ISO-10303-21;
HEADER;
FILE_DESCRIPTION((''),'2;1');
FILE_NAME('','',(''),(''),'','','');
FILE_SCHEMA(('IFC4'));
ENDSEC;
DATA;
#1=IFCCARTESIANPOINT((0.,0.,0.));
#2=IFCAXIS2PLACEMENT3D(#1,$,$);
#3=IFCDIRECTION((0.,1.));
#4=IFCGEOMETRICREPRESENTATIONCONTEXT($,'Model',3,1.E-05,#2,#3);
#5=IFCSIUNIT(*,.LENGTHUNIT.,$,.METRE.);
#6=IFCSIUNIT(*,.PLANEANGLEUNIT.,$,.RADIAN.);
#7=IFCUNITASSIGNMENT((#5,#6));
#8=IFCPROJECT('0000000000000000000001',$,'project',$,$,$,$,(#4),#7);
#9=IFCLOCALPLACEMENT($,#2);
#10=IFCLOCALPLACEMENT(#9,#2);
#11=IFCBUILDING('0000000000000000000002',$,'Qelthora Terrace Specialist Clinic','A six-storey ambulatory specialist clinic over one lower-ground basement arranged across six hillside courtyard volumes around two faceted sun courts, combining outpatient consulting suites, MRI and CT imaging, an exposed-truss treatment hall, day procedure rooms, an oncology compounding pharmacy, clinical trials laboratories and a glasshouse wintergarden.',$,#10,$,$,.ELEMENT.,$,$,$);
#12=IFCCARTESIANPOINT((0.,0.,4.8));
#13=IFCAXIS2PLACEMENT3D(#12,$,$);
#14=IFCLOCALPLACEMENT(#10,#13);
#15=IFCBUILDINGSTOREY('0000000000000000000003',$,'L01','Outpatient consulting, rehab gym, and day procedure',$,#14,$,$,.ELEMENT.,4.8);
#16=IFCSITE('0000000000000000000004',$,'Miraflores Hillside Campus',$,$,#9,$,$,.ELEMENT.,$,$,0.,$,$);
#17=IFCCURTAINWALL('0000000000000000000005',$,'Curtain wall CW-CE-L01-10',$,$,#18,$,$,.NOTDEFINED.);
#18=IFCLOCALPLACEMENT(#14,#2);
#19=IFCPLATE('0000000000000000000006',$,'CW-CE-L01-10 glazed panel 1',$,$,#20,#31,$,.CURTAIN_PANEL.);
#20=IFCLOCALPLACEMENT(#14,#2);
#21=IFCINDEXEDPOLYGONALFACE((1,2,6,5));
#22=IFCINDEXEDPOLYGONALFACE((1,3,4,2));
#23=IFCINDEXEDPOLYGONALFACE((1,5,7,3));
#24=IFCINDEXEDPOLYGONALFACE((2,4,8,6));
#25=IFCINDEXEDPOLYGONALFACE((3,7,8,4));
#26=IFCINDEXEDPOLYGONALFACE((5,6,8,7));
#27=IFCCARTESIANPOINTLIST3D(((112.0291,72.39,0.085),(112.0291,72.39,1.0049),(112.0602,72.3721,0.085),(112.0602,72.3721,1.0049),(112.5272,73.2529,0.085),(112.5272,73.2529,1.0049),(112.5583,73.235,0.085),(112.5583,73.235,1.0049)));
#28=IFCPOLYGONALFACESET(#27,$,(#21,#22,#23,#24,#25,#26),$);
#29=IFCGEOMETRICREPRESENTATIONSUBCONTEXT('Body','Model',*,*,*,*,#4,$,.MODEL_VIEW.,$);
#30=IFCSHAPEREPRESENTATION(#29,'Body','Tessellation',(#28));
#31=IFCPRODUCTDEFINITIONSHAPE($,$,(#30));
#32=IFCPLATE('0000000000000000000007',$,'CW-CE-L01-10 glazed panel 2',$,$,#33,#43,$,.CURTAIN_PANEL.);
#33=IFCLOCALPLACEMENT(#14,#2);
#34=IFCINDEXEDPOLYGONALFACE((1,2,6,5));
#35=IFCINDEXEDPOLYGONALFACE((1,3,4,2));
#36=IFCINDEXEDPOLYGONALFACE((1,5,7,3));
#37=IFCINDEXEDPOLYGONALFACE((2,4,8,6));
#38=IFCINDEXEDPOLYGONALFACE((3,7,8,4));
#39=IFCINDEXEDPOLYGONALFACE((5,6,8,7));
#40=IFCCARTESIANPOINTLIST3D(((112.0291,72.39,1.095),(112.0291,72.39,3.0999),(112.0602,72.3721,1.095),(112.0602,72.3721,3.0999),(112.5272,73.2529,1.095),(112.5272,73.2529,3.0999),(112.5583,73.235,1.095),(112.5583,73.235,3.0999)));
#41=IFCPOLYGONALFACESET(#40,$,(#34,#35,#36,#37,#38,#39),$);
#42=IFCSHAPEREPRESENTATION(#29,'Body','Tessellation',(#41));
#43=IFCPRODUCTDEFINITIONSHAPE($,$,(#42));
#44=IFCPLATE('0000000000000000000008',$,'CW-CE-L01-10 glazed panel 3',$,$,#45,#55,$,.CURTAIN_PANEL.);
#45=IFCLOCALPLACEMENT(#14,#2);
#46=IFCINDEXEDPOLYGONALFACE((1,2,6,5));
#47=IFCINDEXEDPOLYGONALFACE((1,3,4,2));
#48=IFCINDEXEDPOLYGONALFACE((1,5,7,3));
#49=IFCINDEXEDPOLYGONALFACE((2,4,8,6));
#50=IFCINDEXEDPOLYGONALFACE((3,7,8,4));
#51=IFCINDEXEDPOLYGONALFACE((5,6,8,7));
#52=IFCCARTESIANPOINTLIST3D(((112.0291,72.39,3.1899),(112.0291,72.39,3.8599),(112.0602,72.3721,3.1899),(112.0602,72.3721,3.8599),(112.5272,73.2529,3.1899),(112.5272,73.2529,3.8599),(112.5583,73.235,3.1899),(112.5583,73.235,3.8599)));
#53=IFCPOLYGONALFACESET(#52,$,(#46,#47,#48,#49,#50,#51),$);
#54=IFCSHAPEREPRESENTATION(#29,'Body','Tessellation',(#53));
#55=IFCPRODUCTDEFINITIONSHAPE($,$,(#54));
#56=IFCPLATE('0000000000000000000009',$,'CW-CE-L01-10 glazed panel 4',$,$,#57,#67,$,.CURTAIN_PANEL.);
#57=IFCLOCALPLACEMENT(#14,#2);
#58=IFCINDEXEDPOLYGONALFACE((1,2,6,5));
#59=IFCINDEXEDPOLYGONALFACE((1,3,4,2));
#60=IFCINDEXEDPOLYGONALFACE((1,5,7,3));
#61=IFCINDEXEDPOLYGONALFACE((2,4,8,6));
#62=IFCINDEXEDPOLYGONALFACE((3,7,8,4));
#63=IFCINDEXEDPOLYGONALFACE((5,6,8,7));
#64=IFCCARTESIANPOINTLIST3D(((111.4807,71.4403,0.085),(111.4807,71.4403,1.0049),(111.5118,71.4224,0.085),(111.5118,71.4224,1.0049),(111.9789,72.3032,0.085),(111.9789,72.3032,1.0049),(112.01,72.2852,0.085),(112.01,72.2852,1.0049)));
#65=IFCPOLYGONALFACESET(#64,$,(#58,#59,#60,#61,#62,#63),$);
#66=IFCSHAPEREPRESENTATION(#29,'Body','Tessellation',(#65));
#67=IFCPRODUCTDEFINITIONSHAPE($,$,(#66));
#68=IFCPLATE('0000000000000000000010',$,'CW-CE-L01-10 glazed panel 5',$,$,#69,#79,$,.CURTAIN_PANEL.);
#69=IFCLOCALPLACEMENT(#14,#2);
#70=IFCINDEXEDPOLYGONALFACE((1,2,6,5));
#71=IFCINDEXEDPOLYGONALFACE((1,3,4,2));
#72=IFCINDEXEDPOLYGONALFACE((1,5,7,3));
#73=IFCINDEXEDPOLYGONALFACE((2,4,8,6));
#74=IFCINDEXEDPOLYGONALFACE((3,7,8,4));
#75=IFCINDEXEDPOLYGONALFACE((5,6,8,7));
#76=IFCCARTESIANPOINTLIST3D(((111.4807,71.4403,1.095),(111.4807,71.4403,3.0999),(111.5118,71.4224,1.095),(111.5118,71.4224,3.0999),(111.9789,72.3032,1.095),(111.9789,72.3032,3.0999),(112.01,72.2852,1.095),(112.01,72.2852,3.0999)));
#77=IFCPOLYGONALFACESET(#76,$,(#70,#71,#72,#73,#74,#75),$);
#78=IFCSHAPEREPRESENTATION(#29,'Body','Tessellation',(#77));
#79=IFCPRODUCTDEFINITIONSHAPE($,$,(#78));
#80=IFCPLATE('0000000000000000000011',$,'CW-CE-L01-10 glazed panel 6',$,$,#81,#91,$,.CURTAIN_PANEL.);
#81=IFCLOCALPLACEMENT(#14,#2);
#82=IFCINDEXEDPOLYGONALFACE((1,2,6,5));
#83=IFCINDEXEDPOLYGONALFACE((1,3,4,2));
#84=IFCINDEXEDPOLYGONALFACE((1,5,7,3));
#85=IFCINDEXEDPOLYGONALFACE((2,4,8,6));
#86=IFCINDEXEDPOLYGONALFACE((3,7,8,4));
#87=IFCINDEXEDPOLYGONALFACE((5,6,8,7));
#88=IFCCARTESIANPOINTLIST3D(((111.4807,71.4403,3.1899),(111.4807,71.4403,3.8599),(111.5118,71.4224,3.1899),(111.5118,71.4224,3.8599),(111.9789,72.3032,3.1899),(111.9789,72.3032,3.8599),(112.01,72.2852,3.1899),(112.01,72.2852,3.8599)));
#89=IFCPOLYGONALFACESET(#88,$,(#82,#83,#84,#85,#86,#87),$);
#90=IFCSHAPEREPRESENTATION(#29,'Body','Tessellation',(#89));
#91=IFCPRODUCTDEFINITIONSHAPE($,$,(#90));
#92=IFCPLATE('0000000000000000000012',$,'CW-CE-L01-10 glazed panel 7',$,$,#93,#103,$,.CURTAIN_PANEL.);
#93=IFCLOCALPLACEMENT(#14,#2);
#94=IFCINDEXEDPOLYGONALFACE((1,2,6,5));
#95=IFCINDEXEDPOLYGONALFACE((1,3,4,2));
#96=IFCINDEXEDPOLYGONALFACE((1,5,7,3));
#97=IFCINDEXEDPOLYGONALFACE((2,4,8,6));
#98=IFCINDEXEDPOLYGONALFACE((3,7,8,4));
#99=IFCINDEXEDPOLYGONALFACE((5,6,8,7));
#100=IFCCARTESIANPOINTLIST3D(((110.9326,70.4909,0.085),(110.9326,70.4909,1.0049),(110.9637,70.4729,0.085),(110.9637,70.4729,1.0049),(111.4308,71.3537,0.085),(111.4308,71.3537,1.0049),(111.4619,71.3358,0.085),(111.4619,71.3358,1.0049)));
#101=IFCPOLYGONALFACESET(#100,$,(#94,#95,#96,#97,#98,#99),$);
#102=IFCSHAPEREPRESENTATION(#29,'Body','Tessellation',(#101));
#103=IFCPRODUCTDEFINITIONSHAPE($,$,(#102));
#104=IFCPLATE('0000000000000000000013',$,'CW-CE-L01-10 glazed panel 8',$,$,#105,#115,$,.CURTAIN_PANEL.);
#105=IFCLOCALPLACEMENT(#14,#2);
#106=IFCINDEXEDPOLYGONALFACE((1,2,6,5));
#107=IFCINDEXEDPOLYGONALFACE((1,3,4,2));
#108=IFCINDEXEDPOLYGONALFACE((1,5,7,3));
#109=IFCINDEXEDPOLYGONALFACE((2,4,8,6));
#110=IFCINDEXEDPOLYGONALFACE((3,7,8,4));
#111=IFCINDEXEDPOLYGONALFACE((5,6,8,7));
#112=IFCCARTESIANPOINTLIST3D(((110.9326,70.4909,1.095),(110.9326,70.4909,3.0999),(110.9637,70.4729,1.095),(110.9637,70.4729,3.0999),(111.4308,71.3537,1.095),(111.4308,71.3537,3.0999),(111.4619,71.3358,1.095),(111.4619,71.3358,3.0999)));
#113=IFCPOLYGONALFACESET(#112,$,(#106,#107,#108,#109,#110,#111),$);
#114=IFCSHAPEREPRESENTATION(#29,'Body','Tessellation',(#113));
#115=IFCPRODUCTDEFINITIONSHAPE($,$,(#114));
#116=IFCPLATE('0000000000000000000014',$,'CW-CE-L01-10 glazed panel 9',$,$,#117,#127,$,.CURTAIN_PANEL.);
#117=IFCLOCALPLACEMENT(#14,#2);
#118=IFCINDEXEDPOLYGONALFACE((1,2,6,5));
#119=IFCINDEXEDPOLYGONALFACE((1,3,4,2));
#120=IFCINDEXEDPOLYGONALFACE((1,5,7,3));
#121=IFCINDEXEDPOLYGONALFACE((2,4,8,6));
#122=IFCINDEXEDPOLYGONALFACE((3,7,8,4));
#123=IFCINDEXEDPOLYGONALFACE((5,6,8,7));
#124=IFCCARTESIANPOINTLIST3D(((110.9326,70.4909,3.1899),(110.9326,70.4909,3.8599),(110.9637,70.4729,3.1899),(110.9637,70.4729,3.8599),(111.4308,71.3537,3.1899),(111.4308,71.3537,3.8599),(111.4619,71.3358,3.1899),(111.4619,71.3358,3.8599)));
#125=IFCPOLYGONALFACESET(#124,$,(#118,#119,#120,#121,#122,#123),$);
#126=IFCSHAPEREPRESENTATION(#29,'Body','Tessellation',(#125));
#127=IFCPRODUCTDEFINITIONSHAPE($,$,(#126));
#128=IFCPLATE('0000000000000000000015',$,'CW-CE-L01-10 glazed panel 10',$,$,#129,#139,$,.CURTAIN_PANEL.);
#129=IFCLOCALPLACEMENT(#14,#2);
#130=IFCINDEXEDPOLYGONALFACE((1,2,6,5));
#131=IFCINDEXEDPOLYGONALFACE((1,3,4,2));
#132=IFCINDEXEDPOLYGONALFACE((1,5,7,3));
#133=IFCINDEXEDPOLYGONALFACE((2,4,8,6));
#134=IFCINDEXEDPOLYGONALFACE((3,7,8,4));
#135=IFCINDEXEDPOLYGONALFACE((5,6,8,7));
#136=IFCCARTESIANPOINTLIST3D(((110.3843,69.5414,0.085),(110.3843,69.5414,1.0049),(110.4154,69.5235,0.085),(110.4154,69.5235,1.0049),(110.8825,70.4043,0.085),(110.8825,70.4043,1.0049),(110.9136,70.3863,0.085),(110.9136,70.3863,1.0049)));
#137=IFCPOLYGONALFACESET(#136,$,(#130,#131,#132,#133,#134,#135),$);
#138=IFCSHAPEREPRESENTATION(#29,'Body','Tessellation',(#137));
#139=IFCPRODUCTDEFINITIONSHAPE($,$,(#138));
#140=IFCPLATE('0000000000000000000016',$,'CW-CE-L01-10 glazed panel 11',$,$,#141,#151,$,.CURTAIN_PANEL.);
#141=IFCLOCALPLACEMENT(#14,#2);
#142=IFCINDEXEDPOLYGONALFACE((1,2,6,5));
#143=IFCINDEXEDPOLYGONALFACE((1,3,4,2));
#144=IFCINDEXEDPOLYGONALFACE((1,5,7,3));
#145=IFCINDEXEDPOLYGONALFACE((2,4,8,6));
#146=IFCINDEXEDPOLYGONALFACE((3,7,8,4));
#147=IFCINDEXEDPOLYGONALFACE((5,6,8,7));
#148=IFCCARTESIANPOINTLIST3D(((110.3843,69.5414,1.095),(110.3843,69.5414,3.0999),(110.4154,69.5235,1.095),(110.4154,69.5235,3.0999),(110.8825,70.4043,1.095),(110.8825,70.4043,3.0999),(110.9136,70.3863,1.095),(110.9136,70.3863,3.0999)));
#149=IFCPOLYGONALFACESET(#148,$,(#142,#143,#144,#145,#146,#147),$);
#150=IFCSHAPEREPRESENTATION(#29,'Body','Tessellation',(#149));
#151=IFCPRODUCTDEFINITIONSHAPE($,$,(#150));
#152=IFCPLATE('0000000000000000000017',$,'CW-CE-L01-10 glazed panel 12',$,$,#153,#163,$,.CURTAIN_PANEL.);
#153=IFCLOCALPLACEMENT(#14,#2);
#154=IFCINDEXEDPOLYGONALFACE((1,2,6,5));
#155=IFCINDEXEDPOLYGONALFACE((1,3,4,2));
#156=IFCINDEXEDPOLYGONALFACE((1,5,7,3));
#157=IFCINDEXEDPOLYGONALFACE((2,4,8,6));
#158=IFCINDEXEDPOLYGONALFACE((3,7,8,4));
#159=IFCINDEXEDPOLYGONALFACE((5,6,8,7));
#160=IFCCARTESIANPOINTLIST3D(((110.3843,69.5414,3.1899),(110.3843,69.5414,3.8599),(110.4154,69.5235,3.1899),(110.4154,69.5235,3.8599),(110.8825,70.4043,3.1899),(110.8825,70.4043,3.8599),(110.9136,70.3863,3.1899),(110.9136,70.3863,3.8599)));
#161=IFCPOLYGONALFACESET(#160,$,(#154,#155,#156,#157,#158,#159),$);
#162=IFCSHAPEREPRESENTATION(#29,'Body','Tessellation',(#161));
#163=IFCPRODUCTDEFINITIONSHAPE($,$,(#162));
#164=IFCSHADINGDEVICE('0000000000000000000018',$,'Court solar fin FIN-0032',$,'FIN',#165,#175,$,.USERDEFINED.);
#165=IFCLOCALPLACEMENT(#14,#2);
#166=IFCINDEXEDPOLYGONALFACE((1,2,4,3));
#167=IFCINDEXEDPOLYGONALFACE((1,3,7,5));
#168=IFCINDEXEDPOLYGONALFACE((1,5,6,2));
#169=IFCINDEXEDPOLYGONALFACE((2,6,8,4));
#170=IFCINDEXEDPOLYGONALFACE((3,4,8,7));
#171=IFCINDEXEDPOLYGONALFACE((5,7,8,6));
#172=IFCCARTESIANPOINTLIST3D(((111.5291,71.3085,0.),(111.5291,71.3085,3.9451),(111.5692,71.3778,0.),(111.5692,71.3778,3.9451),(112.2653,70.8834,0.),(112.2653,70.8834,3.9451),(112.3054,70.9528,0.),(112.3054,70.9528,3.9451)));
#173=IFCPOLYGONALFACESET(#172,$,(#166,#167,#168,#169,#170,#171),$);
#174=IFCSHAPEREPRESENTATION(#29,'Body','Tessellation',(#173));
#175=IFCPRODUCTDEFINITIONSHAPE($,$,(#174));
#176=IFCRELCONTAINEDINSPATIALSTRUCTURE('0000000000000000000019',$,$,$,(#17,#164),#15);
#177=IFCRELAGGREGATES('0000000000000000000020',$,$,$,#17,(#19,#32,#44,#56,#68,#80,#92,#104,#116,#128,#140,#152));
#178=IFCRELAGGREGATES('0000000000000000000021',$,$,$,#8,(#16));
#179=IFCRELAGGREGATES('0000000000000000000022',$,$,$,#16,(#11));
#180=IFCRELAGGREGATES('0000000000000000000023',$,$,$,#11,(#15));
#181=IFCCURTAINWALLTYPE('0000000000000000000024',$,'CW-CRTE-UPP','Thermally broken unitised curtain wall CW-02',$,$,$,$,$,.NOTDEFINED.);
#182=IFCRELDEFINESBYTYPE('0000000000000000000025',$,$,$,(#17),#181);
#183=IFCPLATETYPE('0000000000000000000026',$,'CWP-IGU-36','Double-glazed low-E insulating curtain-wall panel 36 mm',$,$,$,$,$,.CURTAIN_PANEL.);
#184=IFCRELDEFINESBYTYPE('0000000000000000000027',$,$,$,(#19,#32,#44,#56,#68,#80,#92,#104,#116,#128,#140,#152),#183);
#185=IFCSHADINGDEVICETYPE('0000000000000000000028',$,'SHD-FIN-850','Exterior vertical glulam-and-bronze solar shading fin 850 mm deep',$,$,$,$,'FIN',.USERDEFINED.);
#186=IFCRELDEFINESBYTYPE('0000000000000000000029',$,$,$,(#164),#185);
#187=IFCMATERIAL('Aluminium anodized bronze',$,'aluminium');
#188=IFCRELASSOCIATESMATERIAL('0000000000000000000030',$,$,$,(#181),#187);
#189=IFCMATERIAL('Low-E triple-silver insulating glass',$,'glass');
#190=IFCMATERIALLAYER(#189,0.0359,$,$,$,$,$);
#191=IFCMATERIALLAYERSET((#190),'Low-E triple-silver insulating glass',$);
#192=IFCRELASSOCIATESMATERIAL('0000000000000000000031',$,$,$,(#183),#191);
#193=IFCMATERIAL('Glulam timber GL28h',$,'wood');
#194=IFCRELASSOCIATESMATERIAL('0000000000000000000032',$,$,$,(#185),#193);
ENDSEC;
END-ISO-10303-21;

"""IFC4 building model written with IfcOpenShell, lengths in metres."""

from ifc_helpers import new_model, si_unit, direction, frame, origin, origin_2d, place, context, subcontext, project, spatial, rectangle, extrude, material, layer, layer_set, type_object, element, aggregate, save


model = new_model("IFC4")

# Units and contexts
model_context = context("Model", 3, precision=1e-05, world=origin(), true_north=direction((0.0, 1.0)))
body_context = subcontext(model_context, "Body", "Model", "MODEL_VIEW")
ifc_project = project(units=[si_unit("LENGTHUNIT", "METRE"), si_unit("PLANEANGLEUNIT", "RADIAN")], contexts=[model_context])

# Site, building, storey
site_placement = place(None, origin())
site = spatial("IfcSite", under=ifc_project, at=site_placement, Name="Miraflores Hillside Campus", CompositionType="ELEMENT", RefElevation=0.0)
building_placement = place(site_placement, origin())
building = spatial("IfcBuilding", under=site, at=building_placement, Name="Qelthora Terrace Specialist Clinic", Description="A six-storey ambulatory specialist clinic over one lower-ground basement arranged across six hillside courtyard volumes around two faceted sun courts, combining outpatient consulting suites, MRI and CT imaging, an exposed-truss treatment hall, day procedure rooms, an oncology compounding pharmacy, clinical trials laboratories and a glasshouse wintergarden.", CompositionType="ELEMENT")
storey_placement = place(building_placement, frame((0.0, 0.0, 4.8)))
storey = spatial("IfcBuildingStorey", under=building, at=storey_placement, Name="L01", Description="Outpatient consulting, rehab gym, and day procedure", CompositionType="ELEMENT", Elevation=4.8)

# Shared definitions
ifc_material_1 = material(Name="Aluminium anodized bronze", Category="aluminium")
curtain_wall_type = type_object("IfcCurtainWallType", Name="CW-CRTE-UPP", Description="Thermally broken unitised curtain wall CW-02", PredefinedType="NOTDEFINED", material=ifc_material_1)

# Curtain wall
curtain_wall_1_placement = place(storey_placement, origin())
curtain_wall_1 = element("IfcCurtainWall", 1, at=curtain_wall_1_placement, inside=storey, type_object=curtain_wall_type, Name="Curtain wall CW-CE-L01-10", PredefinedType="NOTDEFINED")

# Plates
ifc_material_2 = material(Name="Low-E triple-silver insulating glass", Category="glass")
ifc_layer = layer(ifc_material_2, 0.0359)
ifc_layer_set = layer_set([ifc_layer], Name="Low-E triple-silver insulating glass")
plate_type = type_object("IfcPlateType", Name="CWP-IGU-36", Description="Double-glazed low-E insulating curtain-wall panel 36 mm", PredefinedType="CURTAIN_PANEL", material=ifc_layer_set)
plate_1_placement = place(storey_placement, frame((112.2937, 72.8125, 0.085), z_axis=(0.0, 0.0, 1.0), x_axis=(-0.5, -0.866025, 0.0)))
plate_1 = element("IfcPlate", 2, at=plate_1_placement, type_object=plate_type, Name="CW-CE-L01-10 glazed panel 1", PredefinedType="CURTAIN_PANEL", context=body_context, shape_type="SweptSolid", body=[
    extrude(rectangle(XDim=0.9963, YDim=0.0359, at=origin_2d()), origin(), (0.0, 0.0, 1.0), 0.9199),
])
plate_2_placement = place(storey_placement, frame((112.2937, 72.8125, 1.095), z_axis=(0.0, 0.0, 1.0), x_axis=(-0.5, -0.866025, 0.0)))
plate_2 = element("IfcPlate", 3, at=plate_2_placement, type_object=plate_type, Name="CW-CE-L01-10 glazed panel 2", PredefinedType="CURTAIN_PANEL", context=body_context, shape_type="SweptSolid", body=[
    extrude(rectangle(XDim=0.9963, YDim=0.0359, at=origin_2d()), origin(), (0.0, 0.0, 1.0), 2.0049),
])
plate_3_placement = place(storey_placement, frame((112.2937, 72.8125, 3.1899), z_axis=(0.0, 0.0, 1.0), x_axis=(-0.5, -0.866025, 0.0)))
plate_3 = element("IfcPlate", 4, at=plate_3_placement, type_object=plate_type, Name="CW-CE-L01-10 glazed panel 3", PredefinedType="CURTAIN_PANEL", context=body_context, shape_type="SweptSolid", body=[
    extrude(rectangle(XDim=0.9963, YDim=0.0359, at=origin_2d()), origin(), (0.0, 0.0, 1.0), 0.6699),
])
plate_4_placement = place(storey_placement, frame((111.7454, 71.8628, 0.085), z_axis=(0.0, 0.0, 1.0), x_axis=(-0.5, -0.866025, 0.0)))
plate_4 = element("IfcPlate", 5, at=plate_4_placement, type_object=plate_type, Name="CW-CE-L01-10 glazed panel 4", PredefinedType="CURTAIN_PANEL", context=body_context, shape_type="SweptSolid", body=[
    extrude(rectangle(XDim=0.9963, YDim=0.0359, at=origin_2d()), origin(), (0.0, 0.0, 1.0), 0.9199),
])
plate_5_placement = place(storey_placement, frame((111.7454, 71.8628, 1.095), z_axis=(0.0, 0.0, 1.0), x_axis=(-0.5, -0.866025, 0.0)))
plate_5 = element("IfcPlate", 6, at=plate_5_placement, type_object=plate_type, Name="CW-CE-L01-10 glazed panel 5", PredefinedType="CURTAIN_PANEL", context=body_context, shape_type="SweptSolid", body=[
    extrude(rectangle(XDim=0.9963, YDim=0.0359, at=origin_2d()), origin(), (0.0, 0.0, 1.0), 2.0049),
])
plate_6_placement = place(storey_placement, frame((111.7454, 71.8628, 3.1899), z_axis=(0.0, 0.0, 1.0), x_axis=(-0.5, -0.866025, 0.0)))
plate_6 = element("IfcPlate", 7, at=plate_6_placement, type_object=plate_type, Name="CW-CE-L01-10 glazed panel 6", PredefinedType="CURTAIN_PANEL", context=body_context, shape_type="SweptSolid", body=[
    extrude(rectangle(XDim=0.9963, YDim=0.0359, at=origin_2d()), origin(), (0.0, 0.0, 1.0), 0.6699),
])
plate_7_placement = place(storey_placement, frame((111.1973, 70.9133, 0.085), z_axis=(0.0, 0.0, 1.0), x_axis=(-0.5, -0.866025, 0.0)))
plate_7 = element("IfcPlate", 8, at=plate_7_placement, type_object=plate_type, Name="CW-CE-L01-10 glazed panel 7", PredefinedType="CURTAIN_PANEL", context=body_context, shape_type="SweptSolid", body=[
    extrude(rectangle(XDim=0.9963, YDim=0.0359, at=origin_2d()), origin(), (0.0, 0.0, 1.0), 0.9199),
])
plate_8_placement = place(storey_placement, frame((111.1973, 70.9133, 1.095), z_axis=(0.0, 0.0, 1.0), x_axis=(-0.5, -0.866025, 0.0)))
plate_8 = element("IfcPlate", 9, at=plate_8_placement, type_object=plate_type, Name="CW-CE-L01-10 glazed panel 8", PredefinedType="CURTAIN_PANEL", context=body_context, shape_type="SweptSolid", body=[
    extrude(rectangle(XDim=0.9963, YDim=0.0359, at=origin_2d()), origin(), (0.0, 0.0, 1.0), 2.0049),
])
plate_9_placement = place(storey_placement, frame((111.1973, 70.9133, 3.1899), z_axis=(0.0, 0.0, 1.0), x_axis=(-0.5, -0.866025, 0.0)))
plate_9 = element("IfcPlate", 10, at=plate_9_placement, type_object=plate_type, Name="CW-CE-L01-10 glazed panel 9", PredefinedType="CURTAIN_PANEL", context=body_context, shape_type="SweptSolid", body=[
    extrude(rectangle(XDim=0.9963, YDim=0.0359, at=origin_2d()), origin(), (0.0, 0.0, 1.0), 0.6699),
])
plate_10_placement = place(storey_placement, frame((110.6489, 69.9639, 0.085), z_axis=(0.0, 0.0, 1.0), x_axis=(-0.5, -0.866025, 0.0)))
plate_10 = element("IfcPlate", 11, at=plate_10_placement, type_object=plate_type, Name="CW-CE-L01-10 glazed panel 10", PredefinedType="CURTAIN_PANEL", context=body_context, shape_type="SweptSolid", body=[
    extrude(rectangle(XDim=0.9963, YDim=0.0359, at=origin_2d()), origin(), (0.0, 0.0, 1.0), 0.9199),
])
plate_11_placement = place(storey_placement, frame((110.6489, 69.9639, 1.095), z_axis=(0.0, 0.0, 1.0), x_axis=(-0.5, -0.866025, 0.0)))
plate_11 = element("IfcPlate", 12, at=plate_11_placement, type_object=plate_type, Name="CW-CE-L01-10 glazed panel 11", PredefinedType="CURTAIN_PANEL", context=body_context, shape_type="SweptSolid", body=[
    extrude(rectangle(XDim=0.9963, YDim=0.0359, at=origin_2d()), origin(), (0.0, 0.0, 1.0), 2.0049),
])
plate_12_placement = place(storey_placement, frame((110.6489, 69.9639, 3.1899), z_axis=(0.0, 0.0, 1.0), x_axis=(-0.5, -0.866025, 0.0)))
plate_12 = element("IfcPlate", 13, at=plate_12_placement, type_object=plate_type, Name="CW-CE-L01-10 glazed panel 12", PredefinedType="CURTAIN_PANEL", context=body_context, shape_type="SweptSolid", body=[
    extrude(rectangle(XDim=0.9963, YDim=0.0359, at=origin_2d()), origin(), (0.0, 0.0, 1.0), 0.6699),
])
aggregate(curtain_wall_1, [plate_1, plate_2, plate_3, plate_4, plate_5, plate_6, plate_7, plate_8, plate_9, plate_10, plate_11, plate_12])

# Shading device
ifc_material_3 = material(Name="Glulam timber GL28h", Category="wood")
shading_device_type = type_object("IfcShadingDeviceType", Name="SHD-FIN-850", Description="Exterior vertical glulam-and-bronze solar shading fin 850 mm deep", ElementType="FIN", PredefinedType="USERDEFINED", material=ifc_material_3)
shading_device_placement = place(storey_placement, frame((111.9172, 71.1306, 0.0), z_axis=(0.0, 0.0, 1.0), x_axis=(0.866025, -0.5, 0.0)))
element("IfcShadingDevice", 14, at=shading_device_placement, inside=storey, type_object=shading_device_type, Name="Court solar fin FIN-0032", ObjectType="FIN", PredefinedType="USERDEFINED", context=body_context, shape_type="SweptSolid", body=[
    extrude(rectangle(XDim=0.8501, YDim=0.0801, at=origin_2d()), origin(), (0.0, 0.0, 1.0), 3.9451),
])

save(model, "model.ifc")
